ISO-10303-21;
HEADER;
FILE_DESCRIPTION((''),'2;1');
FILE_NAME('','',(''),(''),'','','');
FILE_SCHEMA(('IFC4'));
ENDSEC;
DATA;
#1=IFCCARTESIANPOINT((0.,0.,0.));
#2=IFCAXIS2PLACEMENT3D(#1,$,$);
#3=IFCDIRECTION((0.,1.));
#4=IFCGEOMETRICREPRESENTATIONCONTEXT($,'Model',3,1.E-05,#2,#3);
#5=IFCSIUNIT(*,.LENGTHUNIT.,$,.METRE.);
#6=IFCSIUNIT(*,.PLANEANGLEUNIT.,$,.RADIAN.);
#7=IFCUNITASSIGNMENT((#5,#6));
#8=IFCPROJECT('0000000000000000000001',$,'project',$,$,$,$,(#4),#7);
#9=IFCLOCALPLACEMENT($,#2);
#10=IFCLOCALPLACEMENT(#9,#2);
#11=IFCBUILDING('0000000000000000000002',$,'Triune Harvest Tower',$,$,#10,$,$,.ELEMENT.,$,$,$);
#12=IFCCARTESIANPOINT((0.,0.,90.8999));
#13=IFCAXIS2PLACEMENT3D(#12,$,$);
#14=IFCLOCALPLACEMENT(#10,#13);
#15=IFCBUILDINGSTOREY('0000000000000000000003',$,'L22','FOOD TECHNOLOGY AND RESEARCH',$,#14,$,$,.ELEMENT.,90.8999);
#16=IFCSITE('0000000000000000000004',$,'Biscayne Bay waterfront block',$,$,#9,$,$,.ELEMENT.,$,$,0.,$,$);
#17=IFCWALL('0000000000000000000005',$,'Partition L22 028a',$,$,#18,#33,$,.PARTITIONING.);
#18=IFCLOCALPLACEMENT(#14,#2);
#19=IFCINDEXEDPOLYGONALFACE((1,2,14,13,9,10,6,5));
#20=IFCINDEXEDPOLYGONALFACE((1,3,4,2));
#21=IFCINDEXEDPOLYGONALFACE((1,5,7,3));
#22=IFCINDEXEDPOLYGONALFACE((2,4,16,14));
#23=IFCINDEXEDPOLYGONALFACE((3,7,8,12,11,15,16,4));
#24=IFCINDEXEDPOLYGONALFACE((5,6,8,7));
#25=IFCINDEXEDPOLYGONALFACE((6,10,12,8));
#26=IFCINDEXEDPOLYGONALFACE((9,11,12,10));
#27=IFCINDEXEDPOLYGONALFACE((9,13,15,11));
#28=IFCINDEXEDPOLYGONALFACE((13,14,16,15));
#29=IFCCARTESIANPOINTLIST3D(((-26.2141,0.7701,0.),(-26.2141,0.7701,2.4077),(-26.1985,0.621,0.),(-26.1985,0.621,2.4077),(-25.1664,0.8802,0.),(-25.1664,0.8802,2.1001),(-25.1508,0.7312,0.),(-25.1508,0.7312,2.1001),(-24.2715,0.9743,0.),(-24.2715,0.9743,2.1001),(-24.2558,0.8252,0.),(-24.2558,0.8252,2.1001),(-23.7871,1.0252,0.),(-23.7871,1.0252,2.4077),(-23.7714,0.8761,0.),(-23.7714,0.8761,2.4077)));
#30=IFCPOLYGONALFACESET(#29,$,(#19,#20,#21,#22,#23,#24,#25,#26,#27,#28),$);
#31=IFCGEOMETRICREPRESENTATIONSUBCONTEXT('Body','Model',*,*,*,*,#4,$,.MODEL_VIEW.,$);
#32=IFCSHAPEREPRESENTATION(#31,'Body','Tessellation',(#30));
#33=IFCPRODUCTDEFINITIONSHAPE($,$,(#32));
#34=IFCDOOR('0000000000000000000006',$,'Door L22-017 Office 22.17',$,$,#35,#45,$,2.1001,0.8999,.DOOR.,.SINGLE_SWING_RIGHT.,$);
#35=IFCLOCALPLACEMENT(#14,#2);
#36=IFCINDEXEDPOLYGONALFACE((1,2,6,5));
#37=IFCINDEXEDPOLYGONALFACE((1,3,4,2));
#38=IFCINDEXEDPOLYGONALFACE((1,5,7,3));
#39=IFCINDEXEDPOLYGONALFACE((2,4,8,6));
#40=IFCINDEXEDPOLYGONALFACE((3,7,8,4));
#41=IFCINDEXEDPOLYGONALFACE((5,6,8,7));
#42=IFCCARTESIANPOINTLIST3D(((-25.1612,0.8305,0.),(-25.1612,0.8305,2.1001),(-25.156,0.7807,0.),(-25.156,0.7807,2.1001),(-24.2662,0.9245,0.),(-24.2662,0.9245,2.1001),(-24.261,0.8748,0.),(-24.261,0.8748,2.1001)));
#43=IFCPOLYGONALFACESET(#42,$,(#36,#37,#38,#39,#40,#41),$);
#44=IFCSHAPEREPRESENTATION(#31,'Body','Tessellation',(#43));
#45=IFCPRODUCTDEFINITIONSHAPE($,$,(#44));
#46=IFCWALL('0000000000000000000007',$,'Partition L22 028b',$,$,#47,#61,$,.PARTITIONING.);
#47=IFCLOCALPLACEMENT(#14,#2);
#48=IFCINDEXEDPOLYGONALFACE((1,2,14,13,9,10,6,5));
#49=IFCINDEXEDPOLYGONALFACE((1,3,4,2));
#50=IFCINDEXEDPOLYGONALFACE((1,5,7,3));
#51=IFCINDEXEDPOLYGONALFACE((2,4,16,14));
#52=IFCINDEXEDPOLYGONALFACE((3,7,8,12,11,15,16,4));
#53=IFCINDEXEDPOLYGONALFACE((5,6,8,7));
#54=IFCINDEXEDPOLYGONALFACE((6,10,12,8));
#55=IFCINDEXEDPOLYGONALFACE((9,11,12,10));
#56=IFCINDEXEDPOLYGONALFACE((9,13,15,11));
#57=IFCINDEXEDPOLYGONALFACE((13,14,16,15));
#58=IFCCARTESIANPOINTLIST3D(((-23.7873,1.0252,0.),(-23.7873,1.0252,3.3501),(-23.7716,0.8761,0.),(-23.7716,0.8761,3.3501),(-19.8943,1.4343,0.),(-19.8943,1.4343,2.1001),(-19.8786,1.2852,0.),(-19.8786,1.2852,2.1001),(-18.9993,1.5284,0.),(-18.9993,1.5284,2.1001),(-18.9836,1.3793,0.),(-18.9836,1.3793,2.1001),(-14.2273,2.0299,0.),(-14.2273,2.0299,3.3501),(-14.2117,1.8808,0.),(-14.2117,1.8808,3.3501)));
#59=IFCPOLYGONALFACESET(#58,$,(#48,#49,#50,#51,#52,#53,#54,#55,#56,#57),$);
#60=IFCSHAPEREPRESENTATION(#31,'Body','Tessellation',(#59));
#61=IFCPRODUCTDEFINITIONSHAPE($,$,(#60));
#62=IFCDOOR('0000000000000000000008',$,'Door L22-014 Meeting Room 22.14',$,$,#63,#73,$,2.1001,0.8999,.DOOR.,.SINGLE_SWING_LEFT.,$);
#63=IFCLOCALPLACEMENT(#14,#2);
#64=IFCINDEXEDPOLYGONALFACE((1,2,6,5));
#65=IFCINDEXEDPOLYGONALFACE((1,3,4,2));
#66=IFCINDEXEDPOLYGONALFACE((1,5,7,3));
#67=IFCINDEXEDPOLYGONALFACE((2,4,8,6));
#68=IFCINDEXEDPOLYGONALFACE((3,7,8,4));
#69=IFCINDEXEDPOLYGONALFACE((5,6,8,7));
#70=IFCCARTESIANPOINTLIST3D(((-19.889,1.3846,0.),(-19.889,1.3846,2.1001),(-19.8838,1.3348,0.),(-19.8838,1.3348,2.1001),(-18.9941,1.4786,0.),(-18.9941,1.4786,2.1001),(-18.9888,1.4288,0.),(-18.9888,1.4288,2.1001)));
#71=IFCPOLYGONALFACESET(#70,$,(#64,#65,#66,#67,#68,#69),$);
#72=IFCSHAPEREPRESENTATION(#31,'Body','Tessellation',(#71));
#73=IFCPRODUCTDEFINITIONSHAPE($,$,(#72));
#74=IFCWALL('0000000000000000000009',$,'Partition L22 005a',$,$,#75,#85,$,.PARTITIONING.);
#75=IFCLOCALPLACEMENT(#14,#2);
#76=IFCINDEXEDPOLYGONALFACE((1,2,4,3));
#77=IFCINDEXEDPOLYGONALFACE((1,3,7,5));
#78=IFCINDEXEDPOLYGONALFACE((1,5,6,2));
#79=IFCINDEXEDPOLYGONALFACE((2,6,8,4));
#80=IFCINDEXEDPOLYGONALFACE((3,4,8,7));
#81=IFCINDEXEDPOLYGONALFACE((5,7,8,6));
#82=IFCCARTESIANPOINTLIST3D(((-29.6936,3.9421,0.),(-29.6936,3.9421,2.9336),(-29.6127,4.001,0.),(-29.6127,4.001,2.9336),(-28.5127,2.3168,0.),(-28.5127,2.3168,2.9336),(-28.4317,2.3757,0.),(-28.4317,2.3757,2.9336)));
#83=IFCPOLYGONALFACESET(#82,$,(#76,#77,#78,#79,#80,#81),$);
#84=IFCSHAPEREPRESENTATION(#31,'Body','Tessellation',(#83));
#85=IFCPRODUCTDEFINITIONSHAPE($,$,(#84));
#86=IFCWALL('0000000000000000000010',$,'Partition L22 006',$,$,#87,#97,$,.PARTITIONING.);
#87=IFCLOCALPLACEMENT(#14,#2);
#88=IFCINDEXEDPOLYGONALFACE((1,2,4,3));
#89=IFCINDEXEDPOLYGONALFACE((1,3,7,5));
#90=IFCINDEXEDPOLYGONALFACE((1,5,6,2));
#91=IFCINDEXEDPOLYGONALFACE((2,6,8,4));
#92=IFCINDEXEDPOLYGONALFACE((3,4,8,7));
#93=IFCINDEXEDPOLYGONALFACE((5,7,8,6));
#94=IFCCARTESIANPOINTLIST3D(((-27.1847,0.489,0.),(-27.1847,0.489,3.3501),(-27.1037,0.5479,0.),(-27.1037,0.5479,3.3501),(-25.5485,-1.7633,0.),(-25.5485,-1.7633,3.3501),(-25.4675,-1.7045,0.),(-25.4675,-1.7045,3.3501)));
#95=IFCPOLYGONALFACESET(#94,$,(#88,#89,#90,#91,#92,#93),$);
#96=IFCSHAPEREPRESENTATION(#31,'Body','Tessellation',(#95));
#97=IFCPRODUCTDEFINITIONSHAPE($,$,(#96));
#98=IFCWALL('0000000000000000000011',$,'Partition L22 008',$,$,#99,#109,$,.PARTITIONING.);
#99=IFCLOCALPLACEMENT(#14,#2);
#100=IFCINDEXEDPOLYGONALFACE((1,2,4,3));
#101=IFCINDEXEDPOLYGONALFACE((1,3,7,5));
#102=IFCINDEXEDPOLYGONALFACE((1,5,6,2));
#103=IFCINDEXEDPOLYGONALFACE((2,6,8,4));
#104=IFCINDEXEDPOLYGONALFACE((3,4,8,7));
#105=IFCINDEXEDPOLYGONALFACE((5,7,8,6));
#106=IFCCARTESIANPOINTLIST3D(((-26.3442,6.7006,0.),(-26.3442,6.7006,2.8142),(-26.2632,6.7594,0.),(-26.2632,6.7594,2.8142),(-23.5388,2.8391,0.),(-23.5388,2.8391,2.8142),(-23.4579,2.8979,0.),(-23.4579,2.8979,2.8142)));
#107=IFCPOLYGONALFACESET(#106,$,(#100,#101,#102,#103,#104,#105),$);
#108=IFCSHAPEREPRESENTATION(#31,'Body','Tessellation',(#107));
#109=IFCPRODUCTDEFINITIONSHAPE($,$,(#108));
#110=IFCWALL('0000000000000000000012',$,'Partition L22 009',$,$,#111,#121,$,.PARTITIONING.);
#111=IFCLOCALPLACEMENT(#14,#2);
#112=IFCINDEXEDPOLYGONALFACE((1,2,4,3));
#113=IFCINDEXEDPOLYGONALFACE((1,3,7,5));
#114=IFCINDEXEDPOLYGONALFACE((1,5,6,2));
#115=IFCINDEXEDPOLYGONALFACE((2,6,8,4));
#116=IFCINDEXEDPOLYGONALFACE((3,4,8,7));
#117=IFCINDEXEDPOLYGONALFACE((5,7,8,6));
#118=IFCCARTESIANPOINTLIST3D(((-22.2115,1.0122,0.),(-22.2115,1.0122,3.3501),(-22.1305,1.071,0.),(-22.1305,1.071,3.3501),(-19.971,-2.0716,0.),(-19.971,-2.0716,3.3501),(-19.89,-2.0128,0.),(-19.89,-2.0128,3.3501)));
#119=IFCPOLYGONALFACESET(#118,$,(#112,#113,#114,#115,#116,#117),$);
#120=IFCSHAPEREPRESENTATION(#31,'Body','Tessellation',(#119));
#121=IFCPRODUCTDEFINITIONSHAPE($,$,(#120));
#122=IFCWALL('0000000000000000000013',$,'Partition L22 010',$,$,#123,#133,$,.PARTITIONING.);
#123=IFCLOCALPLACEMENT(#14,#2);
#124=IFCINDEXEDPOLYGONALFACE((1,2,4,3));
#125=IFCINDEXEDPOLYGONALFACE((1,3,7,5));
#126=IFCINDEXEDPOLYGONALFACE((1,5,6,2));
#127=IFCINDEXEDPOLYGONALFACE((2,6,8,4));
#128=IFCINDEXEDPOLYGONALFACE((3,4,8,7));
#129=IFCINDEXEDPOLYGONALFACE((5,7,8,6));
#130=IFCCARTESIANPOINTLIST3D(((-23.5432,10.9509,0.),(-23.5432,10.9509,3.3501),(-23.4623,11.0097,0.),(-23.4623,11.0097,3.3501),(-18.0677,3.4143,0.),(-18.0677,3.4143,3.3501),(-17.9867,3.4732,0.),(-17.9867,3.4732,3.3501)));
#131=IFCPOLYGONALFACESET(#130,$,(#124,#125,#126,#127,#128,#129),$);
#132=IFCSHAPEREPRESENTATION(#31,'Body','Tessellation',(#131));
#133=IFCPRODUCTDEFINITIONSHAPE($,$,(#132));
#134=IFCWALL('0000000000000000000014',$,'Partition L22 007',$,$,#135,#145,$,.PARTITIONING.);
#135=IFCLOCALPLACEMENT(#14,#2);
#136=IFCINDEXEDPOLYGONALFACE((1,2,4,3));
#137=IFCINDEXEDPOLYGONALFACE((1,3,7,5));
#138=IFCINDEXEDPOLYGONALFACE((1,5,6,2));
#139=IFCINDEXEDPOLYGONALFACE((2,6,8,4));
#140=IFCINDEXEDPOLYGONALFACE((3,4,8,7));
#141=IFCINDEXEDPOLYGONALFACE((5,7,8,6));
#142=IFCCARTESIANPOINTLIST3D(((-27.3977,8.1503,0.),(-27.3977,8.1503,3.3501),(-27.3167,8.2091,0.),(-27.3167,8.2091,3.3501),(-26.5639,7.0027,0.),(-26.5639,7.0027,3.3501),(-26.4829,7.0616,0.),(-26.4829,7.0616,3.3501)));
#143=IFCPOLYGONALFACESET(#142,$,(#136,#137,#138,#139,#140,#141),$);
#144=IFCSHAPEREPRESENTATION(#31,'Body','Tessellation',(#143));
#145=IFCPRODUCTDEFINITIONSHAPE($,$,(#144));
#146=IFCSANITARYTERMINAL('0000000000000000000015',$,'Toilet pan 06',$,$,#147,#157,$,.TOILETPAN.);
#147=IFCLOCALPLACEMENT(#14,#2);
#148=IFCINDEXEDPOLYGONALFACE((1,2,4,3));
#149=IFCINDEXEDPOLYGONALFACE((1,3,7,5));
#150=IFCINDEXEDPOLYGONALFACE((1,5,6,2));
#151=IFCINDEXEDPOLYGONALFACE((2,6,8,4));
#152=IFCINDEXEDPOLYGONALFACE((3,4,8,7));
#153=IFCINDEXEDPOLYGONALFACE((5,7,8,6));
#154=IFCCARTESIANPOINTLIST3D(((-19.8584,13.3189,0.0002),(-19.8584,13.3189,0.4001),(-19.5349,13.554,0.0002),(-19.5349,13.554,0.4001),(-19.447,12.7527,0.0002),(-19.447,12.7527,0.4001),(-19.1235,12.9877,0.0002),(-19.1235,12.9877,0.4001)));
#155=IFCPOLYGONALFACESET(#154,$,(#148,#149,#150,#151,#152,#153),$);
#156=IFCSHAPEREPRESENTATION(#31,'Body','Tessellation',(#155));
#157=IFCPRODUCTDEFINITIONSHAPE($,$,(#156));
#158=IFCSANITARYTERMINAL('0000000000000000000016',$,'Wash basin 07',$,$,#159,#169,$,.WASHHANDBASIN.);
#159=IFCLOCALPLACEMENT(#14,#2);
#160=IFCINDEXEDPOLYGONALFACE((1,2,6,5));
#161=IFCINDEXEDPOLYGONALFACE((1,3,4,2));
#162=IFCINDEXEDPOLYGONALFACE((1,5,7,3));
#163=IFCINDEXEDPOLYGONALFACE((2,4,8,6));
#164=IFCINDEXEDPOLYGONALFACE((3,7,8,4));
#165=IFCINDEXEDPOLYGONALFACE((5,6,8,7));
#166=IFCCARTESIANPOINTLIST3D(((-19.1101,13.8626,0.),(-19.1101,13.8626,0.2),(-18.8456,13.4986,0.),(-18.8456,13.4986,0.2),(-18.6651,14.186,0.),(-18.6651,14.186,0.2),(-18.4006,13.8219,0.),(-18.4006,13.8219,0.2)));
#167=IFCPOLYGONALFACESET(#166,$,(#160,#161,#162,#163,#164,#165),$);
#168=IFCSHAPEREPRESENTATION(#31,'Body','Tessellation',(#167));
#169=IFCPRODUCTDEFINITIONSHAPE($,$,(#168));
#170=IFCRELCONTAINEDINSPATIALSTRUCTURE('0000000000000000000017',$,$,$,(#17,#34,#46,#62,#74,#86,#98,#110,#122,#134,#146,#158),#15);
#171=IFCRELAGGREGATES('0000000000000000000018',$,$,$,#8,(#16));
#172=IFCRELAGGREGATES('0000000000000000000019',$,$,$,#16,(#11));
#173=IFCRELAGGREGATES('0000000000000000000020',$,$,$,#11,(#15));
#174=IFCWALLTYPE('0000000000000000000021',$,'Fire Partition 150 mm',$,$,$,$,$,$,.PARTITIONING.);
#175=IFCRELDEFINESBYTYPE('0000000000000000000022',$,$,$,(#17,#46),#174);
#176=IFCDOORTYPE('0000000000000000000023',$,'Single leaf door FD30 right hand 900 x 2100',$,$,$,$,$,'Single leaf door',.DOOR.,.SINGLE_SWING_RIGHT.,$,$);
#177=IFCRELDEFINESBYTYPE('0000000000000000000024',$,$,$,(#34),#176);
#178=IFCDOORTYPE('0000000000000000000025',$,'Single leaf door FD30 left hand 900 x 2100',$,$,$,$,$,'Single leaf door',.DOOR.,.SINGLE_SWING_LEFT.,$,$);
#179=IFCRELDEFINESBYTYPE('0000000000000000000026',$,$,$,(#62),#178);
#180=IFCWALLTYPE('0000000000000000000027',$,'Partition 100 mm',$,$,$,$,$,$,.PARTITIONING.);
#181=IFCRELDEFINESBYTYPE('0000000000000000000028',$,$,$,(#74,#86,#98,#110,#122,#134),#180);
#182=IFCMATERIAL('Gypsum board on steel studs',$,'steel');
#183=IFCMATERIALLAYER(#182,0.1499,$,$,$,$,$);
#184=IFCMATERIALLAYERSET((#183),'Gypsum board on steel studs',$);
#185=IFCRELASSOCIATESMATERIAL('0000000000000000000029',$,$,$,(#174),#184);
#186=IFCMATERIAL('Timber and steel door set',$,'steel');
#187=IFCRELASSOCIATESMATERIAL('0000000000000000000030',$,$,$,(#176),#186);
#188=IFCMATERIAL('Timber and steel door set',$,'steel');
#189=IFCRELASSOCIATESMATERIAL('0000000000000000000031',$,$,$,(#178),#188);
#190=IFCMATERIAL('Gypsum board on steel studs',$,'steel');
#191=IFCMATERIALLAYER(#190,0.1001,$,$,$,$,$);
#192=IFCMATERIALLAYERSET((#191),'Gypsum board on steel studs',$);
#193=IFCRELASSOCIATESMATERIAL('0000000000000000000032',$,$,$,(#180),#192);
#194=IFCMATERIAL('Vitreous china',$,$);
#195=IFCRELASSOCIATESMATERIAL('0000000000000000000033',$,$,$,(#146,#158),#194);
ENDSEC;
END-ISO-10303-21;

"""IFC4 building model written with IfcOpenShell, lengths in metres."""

from ifc_helpers import new_model, si_unit, direction, frame, frame_2d, origin, origin_2d, place, context, subcontext, project, spatial, rectangle, extrude, source, transform, mapped, material, layer, layer_set, type_object, element, fill, save


model = new_model("IFC4")

# Units and contexts
model_context = context("Model", 3, precision=1e-05, world=origin(), true_north=direction((0.0, 1.0)))
body_context = subcontext(model_context, "Body", "Model", "MODEL_VIEW")
ifc_project = project(units=[si_unit("LENGTHUNIT", "METRE"), si_unit("PLANEANGLEUNIT", "RADIAN")], contexts=[model_context])

# Site, building, storey
site_placement = place(None, origin())
site = spatial("IfcSite", under=ifc_project, at=site_placement, Name="Biscayne Bay waterfront block", CompositionType="ELEMENT", RefElevation=0.0)
building_placement = place(site_placement, origin())
building = spatial("IfcBuilding", under=site, at=building_placement, Name="Triune Harvest Tower", CompositionType="ELEMENT")
storey_placement = place(building_placement, frame((0.0, 0.0, 90.8999)))
storey = spatial("IfcBuildingStorey", under=building, at=storey_placement, Name="L22", Description="FOOD TECHNOLOGY AND RESEARCH", CompositionType="ELEMENT", Elevation=90.8999)

# Shared definitions
ifc_material_1 = material(Name="Gypsum board on steel studs", Category="steel")
ifc_layer_1 = layer(ifc_material_1, 0.1499)
ifc_layer_set_1 = layer_set([ifc_layer_1], Name="Gypsum board on steel studs")
wall_type_1 = type_object("IfcWallType", Name="Fire Partition 150 mm", PredefinedType="PARTITIONING", material=ifc_layer_set_1)

# Walls, openings, doors
wall_1_placement = place(storey_placement, frame((-26.2063, 0.6956, 0.0), z_axis=(0.0, 0.0, 1.0), x_axis=(0.99452, 0.104544, 0.0)))
wall_1 = element("IfcWall", 1, at=wall_1_placement, inside=storey, type_object=wall_type_1, Name="Partition L22 028a", PredefinedType="PARTITIONING", context=body_context, shape_type="SweptSolid", body=[
    extrude(rectangle(XDim=2.4404, YDim=0.1499, at=frame_2d((1.2202, 0.0))), origin(), (0.0, 0.0, 1.0), 2.4077),
])
opening_1_placement = place(wall_1_placement, frame((1.0535, 0.0, 0.0)))
opening_1 = element("IfcOpeningElement", 2, at=opening_1_placement, cuts=wall_1, PredefinedType="OPENING", context=body_context, shape_type="SweptSolid", body=[
    extrude(rectangle(XDim=0.8999, YDim=2.1001, at=frame_2d((0.45, 1.05))), frame((0.0, 0.085, 0.0), z_axis=(0.0, -1.0, 0.0), x_axis=(1.0, 0.0, 0.0)), (0.0, 0.0, 1.0), 0.1699),
])
ifc_material_2 = material(Name="Timber and steel door set", Category="steel")
door_type_1 = type_object("IfcDoorType", Name="Single leaf door FD30 right hand 900 x 2100", ElementType="Single leaf door", OperationType="SINGLE_SWING_RIGHT", PredefinedType="DOOR", material=ifc_material_2)
door_1_placement = place(opening_1_placement, origin())
door_1 = element("IfcDoor", 3, at=door_1_placement, inside=storey, type_object=door_type_1, Name="Door L22-017 Office 22.17", OperationType="SINGLE_SWING_RIGHT", OverallHeight=2.1001, OverallWidth=0.8999, PredefinedType="DOOR", context=body_context, shape_type="SweptSolid", body=[
    extrude(rectangle(XDim=0.8999, YDim=2.1001, at=frame_2d((0.45, 1.05))), frame((0.0, 0.0249, 0.0), z_axis=(0.0, -1.0, 0.0), x_axis=(1.0, 0.0, 0.0)), (0.0, 0.0, 1.0), 0.05),
])
fill(opening_1, door_1)
wall_2_placement = place(storey_placement, frame((-23.7793, 0.9507, 0.0), z_axis=(0.0, 0.0, 1.0), x_axis=(0.994523, 0.104514, 0.0)))
wall_2 = element("IfcWall", 4, at=wall_2_placement, inside=storey, type_object=wall_type_1, Name="Partition L22 028b", PredefinedType="PARTITIONING", context=body_context, shape_type="SweptSolid", body=[
    extrude(rectangle(XDim=9.6125, YDim=0.1499, at=frame_2d((4.8062, 0.0))), origin(), (0.0, 0.0, 1.0), 3.3501),
])
opening_2_placement = place(wall_2_placement, frame((3.9143, 0.0, 0.0)))
opening_2 = element("IfcOpeningElement", 5, at=opening_2_placement, cuts=wall_2, PredefinedType="OPENING", context=body_context, shape_type="SweptSolid", body=[
    extrude(rectangle(XDim=0.8999, YDim=2.1001, at=frame_2d((0.45, 1.05))), frame((0.0, 0.085, 0.0), z_axis=(0.0, -1.0, 0.0), x_axis=(1.0, 0.0, 0.0)), (0.0, 0.0, 1.0), 0.1699),
])
ifc_material_3 = material(Name="Timber and steel door set", Category="steel")
door_type_2 = type_object("IfcDoorType", Name="Single leaf door FD30 left hand 900 x 2100", ElementType="Single leaf door", OperationType="SINGLE_SWING_LEFT", PredefinedType="DOOR", material=ifc_material_3)
door_2_placement = place(opening_2_placement, origin())
door_2 = element("IfcDoor", 6, at=door_2_placement, inside=storey, type_object=door_type_2, Name="Door L22-014 Meeting Room 22.14", OperationType="SINGLE_SWING_LEFT", OverallHeight=2.1001, OverallWidth=0.8999, PredefinedType="DOOR", context=body_context, shape_type="SweptSolid", body=[
    extrude(rectangle(XDim=0.8999, YDim=2.1001, at=frame_2d((0.45, 1.05))), frame((0.0, 0.0249, 0.0), z_axis=(0.0, -1.0, 0.0), x_axis=(1.0, 0.0, 0.0)), (0.0, 0.0, 1.0), 0.05),
])
fill(opening_2, door_2)

# Walls
ifc_material_4 = material(Name="Gypsum board on steel studs", Category="steel")
ifc_layer_2 = layer(ifc_material_4, 0.1001)
ifc_layer_set_2 = layer_set([ifc_layer_2], Name="Gypsum board on steel studs")
wall_type_2 = type_object("IfcWallType", Name="Partition 100 mm", PredefinedType="PARTITIONING", material=ifc_layer_set_2)
wall_3_placement = place(storey_placement, frame((-29.6531, 3.9714, 0.0), z_axis=(0.0, 0.0, 1.0), x_axis=(0.587818, -0.808994, 0.0)))
element("IfcWall", 7, at=wall_3_placement, inside=storey, type_object=wall_type_2, Name="Partition L22 005a", PredefinedType="PARTITIONING", context=body_context, shape_type="SweptSolid", body=[
    extrude(rectangle(XDim=2.009, YDim=0.1001, at=frame_2d((1.0044, 0.0))), origin(), (0.0, 0.0, 1.0), 2.9336),
])
wall_4_placement = place(storey_placement, frame((-27.1443, 0.5186, 0.0), z_axis=(0.0, 0.0, 1.0), x_axis=(0.587723, -0.809062, 0.0)))
element("IfcWall", 8, at=wall_4_placement, inside=storey, type_object=wall_type_2, Name="Partition L22 006", PredefinedType="PARTITIONING", context=body_context, shape_type="SweptSolid", body=[
    extrude(rectangle(XDim=2.7839, YDim=0.1001, at=frame_2d((1.3921, 0.0))), origin(), (0.0, 0.0, 1.0), 3.3501),
])
wall_5_placement = place(storey_placement, frame((-26.3037, 6.73, 0.0), z_axis=(0.0, 0.0, 1.0), x_axis=(0.587761, -0.809035, 0.0)))
element("IfcWall", 9, at=wall_5_placement, inside=storey, type_object=wall_type_2, Name="Partition L22 008", PredefinedType="PARTITIONING", context=body_context, shape_type="SweptSolid", body=[
    extrude(rectangle(XDim=4.7729, YDim=0.1001, at=frame_2d((2.3865, 0.0))), origin(), (0.0, 0.0, 1.0), 2.8142),
])
wall_6_placement = place(storey_placement, frame((-22.1709, 1.0415, 0.0), z_axis=(0.0, 0.0, 1.0), x_axis=(0.587787, -0.809016, 0.0)))
element("IfcWall", 10, at=wall_6_placement, inside=storey, type_object=wall_type_2, Name="Partition L22 009", PredefinedType="PARTITIONING", context=body_context, shape_type="SweptSolid", body=[
    extrude(rectangle(XDim=3.8118, YDim=0.1001, at=frame_2d((1.9058, 0.0))), origin(), (0.0, 0.0, 1.0), 3.3501),
])
wall_7_placement = place(storey_placement, frame((-23.5027, 10.9802, 0.0), z_axis=(0.0, 0.0, 1.0), x_axis=(0.587779, -0.809022, 0.0)))
element("IfcWall", 11, at=wall_7_placement, inside=storey, type_object=wall_type_2, Name="Partition L22 010", PredefinedType="PARTITIONING", context=body_context, shape_type="SweptSolid", body=[
    extrude(rectangle(XDim=9.3157, YDim=0.1001, at=frame_2d((4.6577, 0.0))), origin(), (0.0, 0.0, 1.0), 3.3501),
])
shared_shape_1 = source(origin(), body_context, "Body", "SweptSolid", [
    extrude(rectangle(XDim=1.4185, YDim=0.1001, at=frame_2d((0.7092, 0.0))), origin(), (0.0, 0.0, 1.0), 3.3501),
])
wall_8_placement = place(storey_placement, frame((-27.3572, 8.1797, 0.0), z_axis=(0.0, 0.0, 1.0), x_axis=(0.587813, -0.808997, 0.0)))
element("IfcWall", 12, at=wall_8_placement, inside=storey, type_object=wall_type_2, Name="Partition L22 007", PredefinedType="PARTITIONING", context=body_context, shape_type="MappedRepresentation", body=[
    mapped(shared_shape_1, transform((0.0, 0.0, 0.0), scale=1.0)),
])

# Sanitary terminals
ifc_material_5 = material(Name="Vitreous china")
shared_shape_2 = source(origin(), body_context, "Body", "SweptSolid", [
    extrude(rectangle(XDim=0.3999, YDim=0.7, at=origin_2d()), origin(), (0.0, 0.0, 1.0), 0.3999),
])
sanitary_terminal_1_placement = place(storey_placement, frame((-19.491, 13.1533, 0.0002), z_axis=(0.0, 0.0, 1.0), x_axis=(0.809007, 0.587799, 0.0)))
element("IfcSanitaryTerminal", 13, at=sanitary_terminal_1_placement, inside=storey, material=ifc_material_5, Name="Toilet pan 06", PredefinedType="TOILETPAN", context=body_context, shape_type="MappedRepresentation", body=[
    mapped(shared_shape_2, transform((0.0, 0.0, 0.0), scale=1.0)),
])
shared_shape_3 = source(origin(), body_context, "Body", "SweptSolid", [
    extrude(rectangle(XDim=0.55, YDim=0.45, at=origin_2d()), origin(), (0.0, 0.0, 1.0), 0.2),
])
sanitary_terminal_2_placement = place(storey_placement, frame((-18.7554, 13.8423, 0.0), z_axis=(0.0, 0.0, 1.0), x_axis=(0.809007, 0.587799, 0.0)))
element("IfcSanitaryTerminal", 14, at=sanitary_terminal_2_placement, inside=storey, material=ifc_material_5, Name="Wash basin 07", PredefinedType="WASHHANDBASIN", context=body_context, shape_type="MappedRepresentation", body=[
    mapped(shared_shape_3, transform((0.0, 0.0, 0.0), scale=1.0)),
])

save(model, "model.ifc")
